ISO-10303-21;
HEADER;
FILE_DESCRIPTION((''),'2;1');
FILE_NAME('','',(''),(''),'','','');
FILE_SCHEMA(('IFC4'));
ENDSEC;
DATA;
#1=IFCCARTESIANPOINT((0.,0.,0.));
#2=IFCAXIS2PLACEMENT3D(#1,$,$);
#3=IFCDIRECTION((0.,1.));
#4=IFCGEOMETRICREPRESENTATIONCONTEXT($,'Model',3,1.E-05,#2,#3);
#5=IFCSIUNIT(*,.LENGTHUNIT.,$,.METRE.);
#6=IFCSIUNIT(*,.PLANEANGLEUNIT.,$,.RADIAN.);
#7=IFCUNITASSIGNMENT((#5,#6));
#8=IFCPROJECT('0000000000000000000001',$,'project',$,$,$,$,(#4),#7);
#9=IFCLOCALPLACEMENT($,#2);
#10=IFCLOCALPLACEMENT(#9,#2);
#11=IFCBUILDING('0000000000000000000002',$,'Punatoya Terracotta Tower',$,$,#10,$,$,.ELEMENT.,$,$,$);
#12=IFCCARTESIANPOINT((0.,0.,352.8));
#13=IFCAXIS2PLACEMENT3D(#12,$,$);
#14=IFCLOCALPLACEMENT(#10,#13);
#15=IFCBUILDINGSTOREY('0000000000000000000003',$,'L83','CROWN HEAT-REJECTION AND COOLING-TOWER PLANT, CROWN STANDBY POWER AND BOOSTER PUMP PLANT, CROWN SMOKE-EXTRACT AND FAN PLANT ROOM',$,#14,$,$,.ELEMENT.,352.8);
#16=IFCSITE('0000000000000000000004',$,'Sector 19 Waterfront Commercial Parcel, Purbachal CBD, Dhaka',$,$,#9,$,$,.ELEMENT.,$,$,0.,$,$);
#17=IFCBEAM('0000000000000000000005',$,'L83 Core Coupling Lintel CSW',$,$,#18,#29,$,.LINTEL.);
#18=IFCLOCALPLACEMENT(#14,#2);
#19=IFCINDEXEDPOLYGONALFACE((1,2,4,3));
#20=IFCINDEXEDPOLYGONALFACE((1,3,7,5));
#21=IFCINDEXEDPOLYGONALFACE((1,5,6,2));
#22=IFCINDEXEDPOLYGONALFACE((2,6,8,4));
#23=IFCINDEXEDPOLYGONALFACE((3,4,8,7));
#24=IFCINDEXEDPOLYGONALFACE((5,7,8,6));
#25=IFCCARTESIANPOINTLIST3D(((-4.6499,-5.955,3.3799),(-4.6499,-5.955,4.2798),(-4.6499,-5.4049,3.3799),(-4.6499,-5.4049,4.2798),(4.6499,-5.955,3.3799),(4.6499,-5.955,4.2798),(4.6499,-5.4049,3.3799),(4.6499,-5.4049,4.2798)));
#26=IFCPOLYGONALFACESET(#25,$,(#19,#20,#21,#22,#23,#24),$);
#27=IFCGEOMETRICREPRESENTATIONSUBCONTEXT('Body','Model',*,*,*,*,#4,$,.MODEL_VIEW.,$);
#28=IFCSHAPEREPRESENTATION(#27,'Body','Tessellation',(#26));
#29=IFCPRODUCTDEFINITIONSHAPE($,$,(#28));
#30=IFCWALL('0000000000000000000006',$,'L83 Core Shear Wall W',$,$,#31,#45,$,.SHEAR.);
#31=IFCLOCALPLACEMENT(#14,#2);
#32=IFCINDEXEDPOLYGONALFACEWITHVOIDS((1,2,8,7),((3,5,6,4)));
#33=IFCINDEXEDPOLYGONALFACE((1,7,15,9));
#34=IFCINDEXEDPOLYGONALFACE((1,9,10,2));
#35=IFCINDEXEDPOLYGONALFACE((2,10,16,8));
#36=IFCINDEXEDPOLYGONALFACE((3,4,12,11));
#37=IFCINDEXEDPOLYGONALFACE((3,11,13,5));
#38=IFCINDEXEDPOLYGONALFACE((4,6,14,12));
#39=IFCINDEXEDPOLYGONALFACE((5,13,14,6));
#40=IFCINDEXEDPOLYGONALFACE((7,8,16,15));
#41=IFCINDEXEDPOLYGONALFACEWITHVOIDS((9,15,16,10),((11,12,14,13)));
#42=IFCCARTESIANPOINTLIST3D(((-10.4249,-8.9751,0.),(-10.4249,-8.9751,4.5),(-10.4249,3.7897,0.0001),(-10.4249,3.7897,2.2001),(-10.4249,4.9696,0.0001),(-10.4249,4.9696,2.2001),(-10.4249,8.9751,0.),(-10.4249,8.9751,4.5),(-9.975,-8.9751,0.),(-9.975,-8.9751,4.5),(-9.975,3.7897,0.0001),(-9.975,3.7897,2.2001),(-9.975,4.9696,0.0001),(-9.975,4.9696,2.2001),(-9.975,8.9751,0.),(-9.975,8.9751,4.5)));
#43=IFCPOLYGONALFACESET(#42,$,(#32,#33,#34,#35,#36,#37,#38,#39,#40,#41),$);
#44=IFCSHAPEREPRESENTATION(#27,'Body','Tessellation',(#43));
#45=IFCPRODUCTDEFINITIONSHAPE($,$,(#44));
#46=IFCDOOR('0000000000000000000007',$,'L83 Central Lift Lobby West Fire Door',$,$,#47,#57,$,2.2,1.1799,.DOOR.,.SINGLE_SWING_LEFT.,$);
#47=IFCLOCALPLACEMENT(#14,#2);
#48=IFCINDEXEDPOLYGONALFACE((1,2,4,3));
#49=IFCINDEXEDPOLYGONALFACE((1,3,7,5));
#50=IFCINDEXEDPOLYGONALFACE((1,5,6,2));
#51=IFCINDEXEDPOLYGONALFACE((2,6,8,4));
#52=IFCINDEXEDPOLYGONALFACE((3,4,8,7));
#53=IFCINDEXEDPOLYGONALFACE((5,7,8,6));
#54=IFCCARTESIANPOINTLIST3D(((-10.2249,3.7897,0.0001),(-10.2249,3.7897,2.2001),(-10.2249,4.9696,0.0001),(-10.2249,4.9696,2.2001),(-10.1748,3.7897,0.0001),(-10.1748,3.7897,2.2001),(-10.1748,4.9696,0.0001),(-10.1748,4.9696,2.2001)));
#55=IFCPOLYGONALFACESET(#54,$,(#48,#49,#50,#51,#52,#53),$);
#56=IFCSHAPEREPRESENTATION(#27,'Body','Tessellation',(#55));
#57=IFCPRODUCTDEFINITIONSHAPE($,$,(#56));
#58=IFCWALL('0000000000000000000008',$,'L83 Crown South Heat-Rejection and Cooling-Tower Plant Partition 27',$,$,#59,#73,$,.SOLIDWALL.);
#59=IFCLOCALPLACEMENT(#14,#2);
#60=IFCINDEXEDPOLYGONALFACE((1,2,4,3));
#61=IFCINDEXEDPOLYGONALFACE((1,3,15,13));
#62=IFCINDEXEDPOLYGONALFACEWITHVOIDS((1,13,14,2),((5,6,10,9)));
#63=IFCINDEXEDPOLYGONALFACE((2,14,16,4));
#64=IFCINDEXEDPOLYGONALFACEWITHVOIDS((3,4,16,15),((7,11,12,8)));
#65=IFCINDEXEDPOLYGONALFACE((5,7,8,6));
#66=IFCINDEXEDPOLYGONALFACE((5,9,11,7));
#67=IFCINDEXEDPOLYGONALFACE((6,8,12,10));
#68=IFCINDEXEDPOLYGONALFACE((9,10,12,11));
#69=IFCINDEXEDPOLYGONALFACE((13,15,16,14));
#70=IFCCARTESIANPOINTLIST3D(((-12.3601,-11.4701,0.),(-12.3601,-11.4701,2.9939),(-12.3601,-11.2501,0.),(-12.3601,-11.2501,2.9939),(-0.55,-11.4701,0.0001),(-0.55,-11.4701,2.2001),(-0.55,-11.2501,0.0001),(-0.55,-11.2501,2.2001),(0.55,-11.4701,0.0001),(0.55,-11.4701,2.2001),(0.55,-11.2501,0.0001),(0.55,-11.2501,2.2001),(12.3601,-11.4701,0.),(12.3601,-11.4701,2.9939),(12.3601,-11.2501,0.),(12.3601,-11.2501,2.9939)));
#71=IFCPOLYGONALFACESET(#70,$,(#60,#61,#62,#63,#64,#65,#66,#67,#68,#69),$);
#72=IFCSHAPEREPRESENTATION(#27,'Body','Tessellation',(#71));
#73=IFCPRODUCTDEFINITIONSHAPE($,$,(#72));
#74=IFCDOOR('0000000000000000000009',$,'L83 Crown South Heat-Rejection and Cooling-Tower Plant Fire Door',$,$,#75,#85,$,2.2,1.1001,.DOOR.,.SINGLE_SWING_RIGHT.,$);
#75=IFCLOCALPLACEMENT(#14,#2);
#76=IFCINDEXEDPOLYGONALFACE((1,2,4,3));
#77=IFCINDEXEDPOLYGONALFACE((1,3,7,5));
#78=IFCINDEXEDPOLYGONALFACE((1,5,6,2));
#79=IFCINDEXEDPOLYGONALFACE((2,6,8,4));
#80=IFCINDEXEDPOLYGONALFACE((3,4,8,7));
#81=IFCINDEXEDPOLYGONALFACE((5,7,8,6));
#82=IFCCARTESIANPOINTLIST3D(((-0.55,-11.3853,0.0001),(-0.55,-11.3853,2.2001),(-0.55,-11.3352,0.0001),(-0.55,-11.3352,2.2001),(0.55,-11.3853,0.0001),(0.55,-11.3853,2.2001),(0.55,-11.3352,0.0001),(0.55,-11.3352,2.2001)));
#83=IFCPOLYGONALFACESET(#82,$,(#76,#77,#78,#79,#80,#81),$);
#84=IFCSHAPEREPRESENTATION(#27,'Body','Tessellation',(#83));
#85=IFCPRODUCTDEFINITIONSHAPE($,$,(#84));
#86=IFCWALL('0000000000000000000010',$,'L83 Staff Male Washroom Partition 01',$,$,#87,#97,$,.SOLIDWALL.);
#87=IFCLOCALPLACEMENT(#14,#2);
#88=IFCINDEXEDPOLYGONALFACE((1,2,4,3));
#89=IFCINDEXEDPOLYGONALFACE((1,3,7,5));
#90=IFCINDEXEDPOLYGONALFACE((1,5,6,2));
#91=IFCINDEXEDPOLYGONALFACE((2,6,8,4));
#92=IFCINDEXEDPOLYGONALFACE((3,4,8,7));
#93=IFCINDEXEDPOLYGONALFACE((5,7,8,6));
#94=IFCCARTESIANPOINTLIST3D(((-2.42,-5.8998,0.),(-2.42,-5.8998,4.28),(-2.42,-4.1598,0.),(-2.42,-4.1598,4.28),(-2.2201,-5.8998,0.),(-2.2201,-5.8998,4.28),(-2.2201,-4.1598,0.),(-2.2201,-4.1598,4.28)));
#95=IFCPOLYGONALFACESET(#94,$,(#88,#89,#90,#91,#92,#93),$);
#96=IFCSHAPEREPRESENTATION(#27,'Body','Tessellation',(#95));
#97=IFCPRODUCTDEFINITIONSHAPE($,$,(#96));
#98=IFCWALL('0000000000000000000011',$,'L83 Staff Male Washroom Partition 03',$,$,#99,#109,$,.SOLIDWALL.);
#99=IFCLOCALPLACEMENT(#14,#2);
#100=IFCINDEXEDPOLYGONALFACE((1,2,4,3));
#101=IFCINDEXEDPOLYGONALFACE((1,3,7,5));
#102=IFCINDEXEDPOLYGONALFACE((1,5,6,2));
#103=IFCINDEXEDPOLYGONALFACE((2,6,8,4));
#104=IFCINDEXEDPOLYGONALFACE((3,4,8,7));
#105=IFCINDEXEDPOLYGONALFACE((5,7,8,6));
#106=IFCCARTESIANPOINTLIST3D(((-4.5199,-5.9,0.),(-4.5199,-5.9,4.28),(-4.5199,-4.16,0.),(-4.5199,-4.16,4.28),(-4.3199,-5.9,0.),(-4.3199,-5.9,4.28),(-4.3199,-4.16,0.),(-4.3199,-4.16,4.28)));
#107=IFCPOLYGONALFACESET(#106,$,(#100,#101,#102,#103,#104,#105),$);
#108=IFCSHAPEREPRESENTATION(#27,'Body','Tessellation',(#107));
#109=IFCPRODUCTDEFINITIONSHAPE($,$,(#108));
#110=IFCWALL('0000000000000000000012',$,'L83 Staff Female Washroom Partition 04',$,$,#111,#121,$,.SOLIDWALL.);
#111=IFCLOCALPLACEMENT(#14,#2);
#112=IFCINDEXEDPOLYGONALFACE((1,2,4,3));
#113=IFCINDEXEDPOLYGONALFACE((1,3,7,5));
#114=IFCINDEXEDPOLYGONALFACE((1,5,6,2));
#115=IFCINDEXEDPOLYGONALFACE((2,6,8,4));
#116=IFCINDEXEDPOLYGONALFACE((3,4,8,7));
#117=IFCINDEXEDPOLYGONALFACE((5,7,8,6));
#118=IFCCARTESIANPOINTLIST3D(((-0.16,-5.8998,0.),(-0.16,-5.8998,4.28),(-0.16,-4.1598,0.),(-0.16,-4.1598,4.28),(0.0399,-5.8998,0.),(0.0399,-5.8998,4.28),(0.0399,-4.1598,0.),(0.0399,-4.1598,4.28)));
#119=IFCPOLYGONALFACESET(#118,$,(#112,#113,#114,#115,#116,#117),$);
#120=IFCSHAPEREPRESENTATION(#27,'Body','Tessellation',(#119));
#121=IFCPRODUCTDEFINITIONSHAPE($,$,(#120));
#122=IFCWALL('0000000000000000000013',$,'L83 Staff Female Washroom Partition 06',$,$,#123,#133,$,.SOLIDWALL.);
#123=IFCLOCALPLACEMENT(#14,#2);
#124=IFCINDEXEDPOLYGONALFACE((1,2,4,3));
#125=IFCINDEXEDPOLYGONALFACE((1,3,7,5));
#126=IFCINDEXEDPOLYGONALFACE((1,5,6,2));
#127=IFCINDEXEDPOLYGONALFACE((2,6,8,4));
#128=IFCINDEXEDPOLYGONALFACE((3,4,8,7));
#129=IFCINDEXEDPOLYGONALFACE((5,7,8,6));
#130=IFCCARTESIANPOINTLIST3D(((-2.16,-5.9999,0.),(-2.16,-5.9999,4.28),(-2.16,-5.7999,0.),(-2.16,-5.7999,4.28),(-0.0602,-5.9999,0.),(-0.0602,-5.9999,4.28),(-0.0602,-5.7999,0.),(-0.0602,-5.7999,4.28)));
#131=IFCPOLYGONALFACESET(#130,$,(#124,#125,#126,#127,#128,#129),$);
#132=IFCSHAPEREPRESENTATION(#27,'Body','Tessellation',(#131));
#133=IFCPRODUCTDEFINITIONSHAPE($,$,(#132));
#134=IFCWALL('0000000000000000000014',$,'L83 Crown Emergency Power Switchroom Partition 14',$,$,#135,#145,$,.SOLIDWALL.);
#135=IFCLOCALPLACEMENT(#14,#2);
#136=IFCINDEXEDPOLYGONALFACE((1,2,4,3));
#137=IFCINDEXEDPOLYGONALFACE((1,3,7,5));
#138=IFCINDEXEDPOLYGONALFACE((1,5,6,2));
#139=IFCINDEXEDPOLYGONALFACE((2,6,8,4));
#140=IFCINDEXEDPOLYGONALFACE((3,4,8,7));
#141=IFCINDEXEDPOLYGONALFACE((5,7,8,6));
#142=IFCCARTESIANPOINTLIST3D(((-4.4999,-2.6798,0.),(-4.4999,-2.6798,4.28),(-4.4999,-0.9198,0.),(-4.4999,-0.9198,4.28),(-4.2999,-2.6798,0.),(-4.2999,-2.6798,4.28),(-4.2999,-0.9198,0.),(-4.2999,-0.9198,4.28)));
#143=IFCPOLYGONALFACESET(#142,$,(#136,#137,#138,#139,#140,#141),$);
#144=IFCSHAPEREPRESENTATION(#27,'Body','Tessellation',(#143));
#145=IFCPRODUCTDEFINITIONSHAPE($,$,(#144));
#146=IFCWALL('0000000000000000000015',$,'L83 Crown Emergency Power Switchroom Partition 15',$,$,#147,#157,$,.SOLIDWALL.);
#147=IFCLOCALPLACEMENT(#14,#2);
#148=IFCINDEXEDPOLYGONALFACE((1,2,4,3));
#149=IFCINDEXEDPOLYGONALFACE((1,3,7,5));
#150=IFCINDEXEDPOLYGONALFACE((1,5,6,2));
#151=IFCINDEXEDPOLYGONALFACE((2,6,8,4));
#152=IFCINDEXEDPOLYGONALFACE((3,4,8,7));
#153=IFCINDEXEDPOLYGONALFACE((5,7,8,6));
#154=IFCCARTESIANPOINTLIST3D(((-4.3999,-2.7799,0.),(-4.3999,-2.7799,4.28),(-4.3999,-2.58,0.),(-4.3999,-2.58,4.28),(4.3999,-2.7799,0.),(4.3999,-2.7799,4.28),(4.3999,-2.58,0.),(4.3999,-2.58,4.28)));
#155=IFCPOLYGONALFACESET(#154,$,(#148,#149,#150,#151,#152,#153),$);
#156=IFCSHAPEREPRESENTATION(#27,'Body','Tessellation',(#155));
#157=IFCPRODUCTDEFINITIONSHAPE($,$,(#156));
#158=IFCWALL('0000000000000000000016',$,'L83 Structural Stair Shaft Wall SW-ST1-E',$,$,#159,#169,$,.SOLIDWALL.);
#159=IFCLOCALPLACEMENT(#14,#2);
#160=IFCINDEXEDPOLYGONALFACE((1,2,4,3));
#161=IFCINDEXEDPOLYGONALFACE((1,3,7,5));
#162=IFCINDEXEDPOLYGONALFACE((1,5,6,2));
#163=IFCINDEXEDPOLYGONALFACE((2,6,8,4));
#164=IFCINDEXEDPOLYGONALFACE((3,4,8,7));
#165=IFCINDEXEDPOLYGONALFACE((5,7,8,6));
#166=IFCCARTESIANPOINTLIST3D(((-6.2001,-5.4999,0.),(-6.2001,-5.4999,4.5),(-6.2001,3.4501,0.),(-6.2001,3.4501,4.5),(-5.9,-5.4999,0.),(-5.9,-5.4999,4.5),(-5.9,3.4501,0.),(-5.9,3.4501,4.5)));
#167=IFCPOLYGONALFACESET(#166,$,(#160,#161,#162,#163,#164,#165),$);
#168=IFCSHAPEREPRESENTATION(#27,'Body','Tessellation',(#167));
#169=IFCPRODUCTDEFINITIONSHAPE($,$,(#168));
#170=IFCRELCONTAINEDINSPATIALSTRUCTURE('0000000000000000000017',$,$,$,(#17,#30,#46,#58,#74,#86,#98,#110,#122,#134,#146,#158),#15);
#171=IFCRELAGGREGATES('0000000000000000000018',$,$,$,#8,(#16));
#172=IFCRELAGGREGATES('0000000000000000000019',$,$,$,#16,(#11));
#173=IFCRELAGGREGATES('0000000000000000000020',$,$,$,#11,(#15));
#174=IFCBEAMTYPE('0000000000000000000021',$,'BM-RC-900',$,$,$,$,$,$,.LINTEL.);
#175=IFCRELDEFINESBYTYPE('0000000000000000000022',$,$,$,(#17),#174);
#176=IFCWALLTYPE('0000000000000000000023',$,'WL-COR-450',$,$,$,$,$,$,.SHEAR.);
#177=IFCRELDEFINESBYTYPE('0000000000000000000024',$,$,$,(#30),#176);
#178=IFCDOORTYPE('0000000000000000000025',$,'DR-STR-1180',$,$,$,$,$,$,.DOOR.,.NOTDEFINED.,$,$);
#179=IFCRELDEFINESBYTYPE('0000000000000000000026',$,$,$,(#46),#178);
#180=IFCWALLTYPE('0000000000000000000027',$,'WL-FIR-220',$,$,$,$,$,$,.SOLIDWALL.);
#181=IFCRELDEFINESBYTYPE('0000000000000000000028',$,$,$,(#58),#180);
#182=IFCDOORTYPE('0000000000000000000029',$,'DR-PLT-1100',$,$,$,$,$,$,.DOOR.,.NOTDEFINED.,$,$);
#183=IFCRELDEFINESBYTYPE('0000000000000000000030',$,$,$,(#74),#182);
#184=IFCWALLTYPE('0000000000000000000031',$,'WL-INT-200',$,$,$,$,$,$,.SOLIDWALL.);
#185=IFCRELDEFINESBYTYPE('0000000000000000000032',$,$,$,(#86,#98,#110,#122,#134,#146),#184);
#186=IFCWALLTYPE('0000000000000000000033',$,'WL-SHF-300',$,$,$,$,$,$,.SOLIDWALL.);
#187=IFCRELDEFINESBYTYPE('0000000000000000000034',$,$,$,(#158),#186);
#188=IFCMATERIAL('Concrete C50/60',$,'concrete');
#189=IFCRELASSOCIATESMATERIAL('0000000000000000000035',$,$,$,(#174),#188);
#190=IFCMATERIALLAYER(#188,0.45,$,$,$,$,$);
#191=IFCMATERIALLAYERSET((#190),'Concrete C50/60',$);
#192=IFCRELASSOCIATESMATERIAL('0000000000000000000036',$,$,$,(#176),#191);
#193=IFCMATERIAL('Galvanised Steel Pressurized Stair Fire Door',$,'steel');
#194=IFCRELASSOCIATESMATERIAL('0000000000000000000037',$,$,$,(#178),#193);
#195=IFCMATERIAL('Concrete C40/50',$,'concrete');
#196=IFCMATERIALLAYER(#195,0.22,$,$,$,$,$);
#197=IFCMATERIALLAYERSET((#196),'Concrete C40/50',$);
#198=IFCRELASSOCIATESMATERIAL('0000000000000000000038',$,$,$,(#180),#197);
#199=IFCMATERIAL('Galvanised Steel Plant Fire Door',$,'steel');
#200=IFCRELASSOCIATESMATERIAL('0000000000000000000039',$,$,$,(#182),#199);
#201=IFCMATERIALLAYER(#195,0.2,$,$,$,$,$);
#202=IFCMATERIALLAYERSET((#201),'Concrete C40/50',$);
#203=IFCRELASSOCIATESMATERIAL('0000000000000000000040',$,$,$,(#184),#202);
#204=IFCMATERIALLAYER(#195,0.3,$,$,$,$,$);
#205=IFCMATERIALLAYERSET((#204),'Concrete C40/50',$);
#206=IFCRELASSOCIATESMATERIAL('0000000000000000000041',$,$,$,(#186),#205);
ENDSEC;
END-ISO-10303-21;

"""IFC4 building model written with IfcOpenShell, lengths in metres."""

from ifc_helpers import new_model, si_unit, direction, frame, frame_2d, origin, origin_2d, place, context, subcontext, project, spatial, rectangle, extrude, material, layer, layer_set, material_profile, profile_set, type_object, element, fill, save


model = new_model("IFC4")

# Units and contexts
model_context = context("Model", 3, precision=1e-05, world=origin(), true_north=direction((0.0, 1.0)))
body_context = subcontext(model_context, "Body", "Model", "MODEL_VIEW")
ifc_project = project(units=[si_unit("LENGTHUNIT", "METRE"), si_unit("PLANEANGLEUNIT", "RADIAN")], contexts=[model_context])

# Site, building, storey
site_placement = place(None, origin())
site = spatial("IfcSite", under=ifc_project, at=site_placement, Name="Sector 19 Waterfront Commercial Parcel, Purbachal CBD, Dhaka", CompositionType="ELEMENT", RefElevation=0.0)
building_placement = place(site_placement, origin())
building = spatial("IfcBuilding", under=site, at=building_placement, Name="Punatoya Terracotta Tower", CompositionType="ELEMENT")
storey_placement = place(building_placement, frame((0.0, 0.0, 352.8)))
storey = spatial("IfcBuildingStorey", under=building, at=storey_placement, Name="L83", Description="CROWN HEAT-REJECTION AND COOLING-TOWER PLANT, CROWN STANDBY POWER AND BOOSTER PUMP PLANT, CROWN SMOKE-EXTRACT AND FAN PLANT ROOM", CompositionType="ELEMENT", Elevation=352.8)

# Beam
ifc_material_1 = material(Name="Concrete C50/60", Category="concrete")
ifc_material_profile = material_profile(ifc_material_1, rectangle(XDim=0.55, YDim=0.8999, at=origin_2d()))
ifc_profile_set = profile_set([ifc_material_profile], Name="Concrete C50/60")
beam_type = type_object("IfcBeamType", Name="BM-RC-900", PredefinedType="LINTEL", material=ifc_profile_set)
beam_placement = place(storey_placement, frame((-4.6499, -5.6799, 3.8298), z_axis=(1.0, 0.0, 0.0), x_axis=(0.0, 1.0, 0.0)))
element("IfcBeam", 1, at=beam_placement, inside=storey, type_object=beam_type, Name="L83 Core Coupling Lintel CSW", PredefinedType="LINTEL", context=body_context, shape_type="SweptSolid", body=[
    extrude(rectangle(XDim=0.55, YDim=0.8999, at=origin_2d()), origin(), (0.0, 0.0, 1.0), 9.2998),
])

# Walls, openings, doors
ifc_layer_1 = layer(ifc_material_1, 0.45)
ifc_layer_set_1 = layer_set([ifc_layer_1], Name="Concrete C50/60")
wall_type_1 = type_object("IfcWallType", Name="WL-COR-450", PredefinedType="SHEAR", material=ifc_layer_set_1)
wall_1_placement = place(storey_placement, frame((-10.2, -8.9751, 0.0), z_axis=(0.0, 0.0, 1.0), x_axis=(0.0, 1.0, 0.0)))
wall_1 = element("IfcWall", 2, at=wall_1_placement, inside=storey, type_object=wall_type_1, Name="L83 Core Shear Wall W", PredefinedType="SHEAR", context=body_context, shape_type="SweptSolid", body=[
    extrude(rectangle(XDim=17.9502, YDim=0.45, at=frame_2d((8.9751, 0.0))), origin(), (0.0, 0.0, 1.0), 4.5),
])
opening_1_placement = place(wall_1_placement, frame((12.7649, 0.0, 0.0)))
opening_1 = element("IfcOpeningElement", 3, at=opening_1_placement, cuts=wall_1, PredefinedType="OPENING", context=body_context, shape_type="SweptSolid", body=[
    extrude(rectangle(XDim=1.1799, YDim=2.2, at=frame_2d((0.5898, 1.1001))), frame((0.0, 0.2349, 0.0), z_axis=(0.0, -1.0, 0.0), x_axis=(1.0, 0.0, 0.0)), (0.0, 0.0, 1.0), 0.47),
])
ifc_material_2 = material(Name="Galvanised Steel Pressurized Stair Fire Door", Category="steel")
door_type_1 = type_object("IfcDoorType", Name="DR-STR-1180", OperationType="NOTDEFINED", PredefinedType="DOOR", material=ifc_material_2)
door_1_placement = place(opening_1_placement, origin())
door_1 = element("IfcDoor", 4, at=door_1_placement, inside=storey, type_object=door_type_1, Name="L83 Central Lift Lobby West Fire Door", OperationType="SINGLE_SWING_LEFT", OverallHeight=2.2, OverallWidth=1.1799, PredefinedType="DOOR", context=body_context, shape_type="SweptSolid", body=[
    extrude(rectangle(XDim=1.1799, YDim=2.2, at=frame_2d((0.5898, 1.1001))), frame((0.0, 0.0249, 0.0), z_axis=(0.0, -1.0, 0.0), x_axis=(1.0, 0.0, 0.0)), (0.0, 0.0, 1.0), 0.05),
])
fill(opening_1, door_1)
ifc_material_3 = material(Name="Concrete C40/50", Category="concrete")
ifc_layer_2 = layer(ifc_material_3, 0.22)
ifc_layer_set_2 = layer_set([ifc_layer_2], Name="Concrete C40/50")
wall_type_2 = type_object("IfcWallType", Name="WL-FIR-220", PredefinedType="SOLIDWALL", material=ifc_layer_set_2)
wall_2_placement = place(storey_placement, frame((-12.3601, -11.3601, 0.0), z_axis=(0.0, 0.0, 1.0), x_axis=(1.0, 0.0, 0.0)))
wall_2 = element("IfcWall", 5, at=wall_2_placement, inside=storey, type_object=wall_type_2, Name="L83 Crown South Heat-Rejection and Cooling-Tower Plant Partition 27", PredefinedType="SOLIDWALL", context=body_context, shape_type="SweptSolid", body=[
    extrude(rectangle(XDim=24.7202, YDim=0.22, at=frame_2d((12.3601, 0.0))), origin(), (0.0, 0.0, 1.0), 2.9939),
])
opening_2_placement = place(wall_2_placement, frame((11.8101, 0.0, 0.0)))
opening_2 = element("IfcOpeningElement", 6, at=opening_2_placement, cuts=wall_2, PredefinedType="OPENING", context=body_context, shape_type="SweptSolid", body=[
    extrude(rectangle(XDim=1.1001, YDim=2.2, at=frame_2d((0.55, 1.1001))), frame((0.0, 0.1199, 0.0), z_axis=(0.0, -1.0, 0.0), x_axis=(1.0, 0.0, 0.0)), (0.0, 0.0, 1.0), 0.24),
])
ifc_material_4 = material(Name="Galvanised Steel Plant Fire Door", Category="steel")
door_type_2 = type_object("IfcDoorType", Name="DR-PLT-1100", OperationType="NOTDEFINED", PredefinedType="DOOR", material=ifc_material_4)
door_2_placement = place(opening_2_placement, origin())
door_2 = element("IfcDoor", 7, at=door_2_placement, inside=storey, type_object=door_type_2, Name="L83 Crown South Heat-Rejection and Cooling-Tower Plant Fire Door", OperationType="SINGLE_SWING_RIGHT", OverallHeight=2.2, OverallWidth=1.1001, PredefinedType="DOOR", context=body_context, shape_type="SweptSolid", body=[
    extrude(rectangle(XDim=1.1001, YDim=2.2, at=frame_2d((0.55, 1.1001))), frame((0.0, 0.0249, 0.0), z_axis=(0.0, -1.0, 0.0), x_axis=(1.0, 0.0, 0.0)), (0.0, 0.0, 1.0), 0.05),
])
fill(opening_2, door_2)

# Wall
ifc_layer_3 = layer(ifc_material_3, 0.2)
ifc_layer_set_3 = layer_set([ifc_layer_3], Name="Concrete C40/50")
wall_type_3 = type_object("IfcWallType", Name="WL-INT-200", PredefinedType="SOLIDWALL", material=ifc_layer_set_3)
wall_3_placement = place(storey_placement, frame((-2.3201, -5.8999, 0.0), z_axis=(0.0, 0.0, 1.0), x_axis=(0.0, 1.0, 0.0)))
element("IfcWall", 8, at=wall_3_placement, inside=storey, type_object=wall_type_3, Name="L83 Staff Male Washroom Partition 01", PredefinedType="SOLIDWALL", context=body_context, shape_type="SweptSolid", body=[
    extrude(rectangle(XDim=1.74, YDim=0.2, at=frame_2d((0.8701, 0.0))), origin(), (0.0, 0.0, 1.0), 4.28),
])

# Walls
for number, where, z_axis, x_axis, name in (
    (9, (-4.4199, -4.1599, 0.0), (0.0, 0.0, 1.0), (0.0, -1.0, 0.0), "L83 Staff Male Washroom Partition 03"),
    (10, (-0.0601, -5.8999, 0.0), (0.0, 0.0, 1.0), (0.0, 1.0, 0.0), "L83 Staff Female Washroom Partition 04"),
):
    element("IfcWall", number, at=place(storey_placement, frame(where, z_axis=z_axis, x_axis=x_axis)), inside=storey, type_object=wall_type_3, Name=name, PredefinedType="SOLIDWALL", context=body_context, shape_type="SweptSolid", body=[
        extrude(rectangle(XDim=1.74, YDim=0.2, at=frame_2d((0.8701, 0.0))), origin(), (0.0, 0.0, 1.0), 4.28),
    ])

# Walls
wall_4_placement = place(storey_placement, frame((-2.1599, -5.8999, 0.0), z_axis=(0.0, 0.0, 1.0), x_axis=(1.0, 0.0, 0.0)))
element("IfcWall", 11, at=wall_4_placement, inside=storey, type_object=wall_type_3, Name="L83 Staff Female Washroom Partition 06", PredefinedType="SOLIDWALL", context=body_context, shape_type="SweptSolid", body=[
    extrude(rectangle(XDim=2.0999, YDim=0.2, at=frame_2d((1.0498, 0.0))), origin(), (0.0, 0.0, 1.0), 4.28),
])
wall_5_placement = place(storey_placement, frame((-4.3999, -0.9199, 0.0), z_axis=(0.0, 0.0, 1.0), x_axis=(0.0, -1.0, 0.0)))
element("IfcWall", 12, at=wall_5_placement, inside=storey, type_object=wall_type_3, Name="L83 Crown Emergency Power Switchroom Partition 14", PredefinedType="SOLIDWALL", context=body_context, shape_type="SweptSolid", body=[
    extrude(rectangle(XDim=1.76, YDim=0.2, at=frame_2d((0.8799, 0.0))), origin(), (0.0, 0.0, 1.0), 4.28),
])
wall_6_placement = place(storey_placement, frame((-4.3999, -2.6799, 0.0), z_axis=(0.0, 0.0, 1.0), x_axis=(1.0, 0.0, 0.0)))
element("IfcWall", 13, at=wall_6_placement, inside=storey, type_object=wall_type_3, Name="L83 Crown Emergency Power Switchroom Partition 15", PredefinedType="SOLIDWALL", context=body_context, shape_type="SweptSolid", body=[
    extrude(rectangle(XDim=8.7998, YDim=0.2, at=frame_2d((4.3999, 0.0))), origin(), (0.0, 0.0, 1.0), 4.28),
])
ifc_layer_4 = layer(ifc_material_3, 0.3)
ifc_layer_set_4 = layer_set([ifc_layer_4], Name="Concrete C40/50")
wall_type_4 = type_object("IfcWallType", Name="WL-SHF-300", PredefinedType="SOLIDWALL", material=ifc_layer_set_4)
wall_7_placement = place(storey_placement, frame((-6.05, -5.5, 0.0), z_axis=(0.0, 0.0, 1.0), x_axis=(0.0, 1.0, 0.0)))
element("IfcWall", 14, at=wall_7_placement, inside=storey, type_object=wall_type_4, Name="L83 Structural Stair Shaft Wall SW-ST1-E", PredefinedType="SOLIDWALL", context=body_context, shape_type="SweptSolid", body=[
    extrude(rectangle(XDim=8.95, YDim=0.3, at=frame_2d((4.4751, 0.0))), origin(), (0.0, 0.0, 1.0), 4.5),
])

save(model, "model.ifc")
